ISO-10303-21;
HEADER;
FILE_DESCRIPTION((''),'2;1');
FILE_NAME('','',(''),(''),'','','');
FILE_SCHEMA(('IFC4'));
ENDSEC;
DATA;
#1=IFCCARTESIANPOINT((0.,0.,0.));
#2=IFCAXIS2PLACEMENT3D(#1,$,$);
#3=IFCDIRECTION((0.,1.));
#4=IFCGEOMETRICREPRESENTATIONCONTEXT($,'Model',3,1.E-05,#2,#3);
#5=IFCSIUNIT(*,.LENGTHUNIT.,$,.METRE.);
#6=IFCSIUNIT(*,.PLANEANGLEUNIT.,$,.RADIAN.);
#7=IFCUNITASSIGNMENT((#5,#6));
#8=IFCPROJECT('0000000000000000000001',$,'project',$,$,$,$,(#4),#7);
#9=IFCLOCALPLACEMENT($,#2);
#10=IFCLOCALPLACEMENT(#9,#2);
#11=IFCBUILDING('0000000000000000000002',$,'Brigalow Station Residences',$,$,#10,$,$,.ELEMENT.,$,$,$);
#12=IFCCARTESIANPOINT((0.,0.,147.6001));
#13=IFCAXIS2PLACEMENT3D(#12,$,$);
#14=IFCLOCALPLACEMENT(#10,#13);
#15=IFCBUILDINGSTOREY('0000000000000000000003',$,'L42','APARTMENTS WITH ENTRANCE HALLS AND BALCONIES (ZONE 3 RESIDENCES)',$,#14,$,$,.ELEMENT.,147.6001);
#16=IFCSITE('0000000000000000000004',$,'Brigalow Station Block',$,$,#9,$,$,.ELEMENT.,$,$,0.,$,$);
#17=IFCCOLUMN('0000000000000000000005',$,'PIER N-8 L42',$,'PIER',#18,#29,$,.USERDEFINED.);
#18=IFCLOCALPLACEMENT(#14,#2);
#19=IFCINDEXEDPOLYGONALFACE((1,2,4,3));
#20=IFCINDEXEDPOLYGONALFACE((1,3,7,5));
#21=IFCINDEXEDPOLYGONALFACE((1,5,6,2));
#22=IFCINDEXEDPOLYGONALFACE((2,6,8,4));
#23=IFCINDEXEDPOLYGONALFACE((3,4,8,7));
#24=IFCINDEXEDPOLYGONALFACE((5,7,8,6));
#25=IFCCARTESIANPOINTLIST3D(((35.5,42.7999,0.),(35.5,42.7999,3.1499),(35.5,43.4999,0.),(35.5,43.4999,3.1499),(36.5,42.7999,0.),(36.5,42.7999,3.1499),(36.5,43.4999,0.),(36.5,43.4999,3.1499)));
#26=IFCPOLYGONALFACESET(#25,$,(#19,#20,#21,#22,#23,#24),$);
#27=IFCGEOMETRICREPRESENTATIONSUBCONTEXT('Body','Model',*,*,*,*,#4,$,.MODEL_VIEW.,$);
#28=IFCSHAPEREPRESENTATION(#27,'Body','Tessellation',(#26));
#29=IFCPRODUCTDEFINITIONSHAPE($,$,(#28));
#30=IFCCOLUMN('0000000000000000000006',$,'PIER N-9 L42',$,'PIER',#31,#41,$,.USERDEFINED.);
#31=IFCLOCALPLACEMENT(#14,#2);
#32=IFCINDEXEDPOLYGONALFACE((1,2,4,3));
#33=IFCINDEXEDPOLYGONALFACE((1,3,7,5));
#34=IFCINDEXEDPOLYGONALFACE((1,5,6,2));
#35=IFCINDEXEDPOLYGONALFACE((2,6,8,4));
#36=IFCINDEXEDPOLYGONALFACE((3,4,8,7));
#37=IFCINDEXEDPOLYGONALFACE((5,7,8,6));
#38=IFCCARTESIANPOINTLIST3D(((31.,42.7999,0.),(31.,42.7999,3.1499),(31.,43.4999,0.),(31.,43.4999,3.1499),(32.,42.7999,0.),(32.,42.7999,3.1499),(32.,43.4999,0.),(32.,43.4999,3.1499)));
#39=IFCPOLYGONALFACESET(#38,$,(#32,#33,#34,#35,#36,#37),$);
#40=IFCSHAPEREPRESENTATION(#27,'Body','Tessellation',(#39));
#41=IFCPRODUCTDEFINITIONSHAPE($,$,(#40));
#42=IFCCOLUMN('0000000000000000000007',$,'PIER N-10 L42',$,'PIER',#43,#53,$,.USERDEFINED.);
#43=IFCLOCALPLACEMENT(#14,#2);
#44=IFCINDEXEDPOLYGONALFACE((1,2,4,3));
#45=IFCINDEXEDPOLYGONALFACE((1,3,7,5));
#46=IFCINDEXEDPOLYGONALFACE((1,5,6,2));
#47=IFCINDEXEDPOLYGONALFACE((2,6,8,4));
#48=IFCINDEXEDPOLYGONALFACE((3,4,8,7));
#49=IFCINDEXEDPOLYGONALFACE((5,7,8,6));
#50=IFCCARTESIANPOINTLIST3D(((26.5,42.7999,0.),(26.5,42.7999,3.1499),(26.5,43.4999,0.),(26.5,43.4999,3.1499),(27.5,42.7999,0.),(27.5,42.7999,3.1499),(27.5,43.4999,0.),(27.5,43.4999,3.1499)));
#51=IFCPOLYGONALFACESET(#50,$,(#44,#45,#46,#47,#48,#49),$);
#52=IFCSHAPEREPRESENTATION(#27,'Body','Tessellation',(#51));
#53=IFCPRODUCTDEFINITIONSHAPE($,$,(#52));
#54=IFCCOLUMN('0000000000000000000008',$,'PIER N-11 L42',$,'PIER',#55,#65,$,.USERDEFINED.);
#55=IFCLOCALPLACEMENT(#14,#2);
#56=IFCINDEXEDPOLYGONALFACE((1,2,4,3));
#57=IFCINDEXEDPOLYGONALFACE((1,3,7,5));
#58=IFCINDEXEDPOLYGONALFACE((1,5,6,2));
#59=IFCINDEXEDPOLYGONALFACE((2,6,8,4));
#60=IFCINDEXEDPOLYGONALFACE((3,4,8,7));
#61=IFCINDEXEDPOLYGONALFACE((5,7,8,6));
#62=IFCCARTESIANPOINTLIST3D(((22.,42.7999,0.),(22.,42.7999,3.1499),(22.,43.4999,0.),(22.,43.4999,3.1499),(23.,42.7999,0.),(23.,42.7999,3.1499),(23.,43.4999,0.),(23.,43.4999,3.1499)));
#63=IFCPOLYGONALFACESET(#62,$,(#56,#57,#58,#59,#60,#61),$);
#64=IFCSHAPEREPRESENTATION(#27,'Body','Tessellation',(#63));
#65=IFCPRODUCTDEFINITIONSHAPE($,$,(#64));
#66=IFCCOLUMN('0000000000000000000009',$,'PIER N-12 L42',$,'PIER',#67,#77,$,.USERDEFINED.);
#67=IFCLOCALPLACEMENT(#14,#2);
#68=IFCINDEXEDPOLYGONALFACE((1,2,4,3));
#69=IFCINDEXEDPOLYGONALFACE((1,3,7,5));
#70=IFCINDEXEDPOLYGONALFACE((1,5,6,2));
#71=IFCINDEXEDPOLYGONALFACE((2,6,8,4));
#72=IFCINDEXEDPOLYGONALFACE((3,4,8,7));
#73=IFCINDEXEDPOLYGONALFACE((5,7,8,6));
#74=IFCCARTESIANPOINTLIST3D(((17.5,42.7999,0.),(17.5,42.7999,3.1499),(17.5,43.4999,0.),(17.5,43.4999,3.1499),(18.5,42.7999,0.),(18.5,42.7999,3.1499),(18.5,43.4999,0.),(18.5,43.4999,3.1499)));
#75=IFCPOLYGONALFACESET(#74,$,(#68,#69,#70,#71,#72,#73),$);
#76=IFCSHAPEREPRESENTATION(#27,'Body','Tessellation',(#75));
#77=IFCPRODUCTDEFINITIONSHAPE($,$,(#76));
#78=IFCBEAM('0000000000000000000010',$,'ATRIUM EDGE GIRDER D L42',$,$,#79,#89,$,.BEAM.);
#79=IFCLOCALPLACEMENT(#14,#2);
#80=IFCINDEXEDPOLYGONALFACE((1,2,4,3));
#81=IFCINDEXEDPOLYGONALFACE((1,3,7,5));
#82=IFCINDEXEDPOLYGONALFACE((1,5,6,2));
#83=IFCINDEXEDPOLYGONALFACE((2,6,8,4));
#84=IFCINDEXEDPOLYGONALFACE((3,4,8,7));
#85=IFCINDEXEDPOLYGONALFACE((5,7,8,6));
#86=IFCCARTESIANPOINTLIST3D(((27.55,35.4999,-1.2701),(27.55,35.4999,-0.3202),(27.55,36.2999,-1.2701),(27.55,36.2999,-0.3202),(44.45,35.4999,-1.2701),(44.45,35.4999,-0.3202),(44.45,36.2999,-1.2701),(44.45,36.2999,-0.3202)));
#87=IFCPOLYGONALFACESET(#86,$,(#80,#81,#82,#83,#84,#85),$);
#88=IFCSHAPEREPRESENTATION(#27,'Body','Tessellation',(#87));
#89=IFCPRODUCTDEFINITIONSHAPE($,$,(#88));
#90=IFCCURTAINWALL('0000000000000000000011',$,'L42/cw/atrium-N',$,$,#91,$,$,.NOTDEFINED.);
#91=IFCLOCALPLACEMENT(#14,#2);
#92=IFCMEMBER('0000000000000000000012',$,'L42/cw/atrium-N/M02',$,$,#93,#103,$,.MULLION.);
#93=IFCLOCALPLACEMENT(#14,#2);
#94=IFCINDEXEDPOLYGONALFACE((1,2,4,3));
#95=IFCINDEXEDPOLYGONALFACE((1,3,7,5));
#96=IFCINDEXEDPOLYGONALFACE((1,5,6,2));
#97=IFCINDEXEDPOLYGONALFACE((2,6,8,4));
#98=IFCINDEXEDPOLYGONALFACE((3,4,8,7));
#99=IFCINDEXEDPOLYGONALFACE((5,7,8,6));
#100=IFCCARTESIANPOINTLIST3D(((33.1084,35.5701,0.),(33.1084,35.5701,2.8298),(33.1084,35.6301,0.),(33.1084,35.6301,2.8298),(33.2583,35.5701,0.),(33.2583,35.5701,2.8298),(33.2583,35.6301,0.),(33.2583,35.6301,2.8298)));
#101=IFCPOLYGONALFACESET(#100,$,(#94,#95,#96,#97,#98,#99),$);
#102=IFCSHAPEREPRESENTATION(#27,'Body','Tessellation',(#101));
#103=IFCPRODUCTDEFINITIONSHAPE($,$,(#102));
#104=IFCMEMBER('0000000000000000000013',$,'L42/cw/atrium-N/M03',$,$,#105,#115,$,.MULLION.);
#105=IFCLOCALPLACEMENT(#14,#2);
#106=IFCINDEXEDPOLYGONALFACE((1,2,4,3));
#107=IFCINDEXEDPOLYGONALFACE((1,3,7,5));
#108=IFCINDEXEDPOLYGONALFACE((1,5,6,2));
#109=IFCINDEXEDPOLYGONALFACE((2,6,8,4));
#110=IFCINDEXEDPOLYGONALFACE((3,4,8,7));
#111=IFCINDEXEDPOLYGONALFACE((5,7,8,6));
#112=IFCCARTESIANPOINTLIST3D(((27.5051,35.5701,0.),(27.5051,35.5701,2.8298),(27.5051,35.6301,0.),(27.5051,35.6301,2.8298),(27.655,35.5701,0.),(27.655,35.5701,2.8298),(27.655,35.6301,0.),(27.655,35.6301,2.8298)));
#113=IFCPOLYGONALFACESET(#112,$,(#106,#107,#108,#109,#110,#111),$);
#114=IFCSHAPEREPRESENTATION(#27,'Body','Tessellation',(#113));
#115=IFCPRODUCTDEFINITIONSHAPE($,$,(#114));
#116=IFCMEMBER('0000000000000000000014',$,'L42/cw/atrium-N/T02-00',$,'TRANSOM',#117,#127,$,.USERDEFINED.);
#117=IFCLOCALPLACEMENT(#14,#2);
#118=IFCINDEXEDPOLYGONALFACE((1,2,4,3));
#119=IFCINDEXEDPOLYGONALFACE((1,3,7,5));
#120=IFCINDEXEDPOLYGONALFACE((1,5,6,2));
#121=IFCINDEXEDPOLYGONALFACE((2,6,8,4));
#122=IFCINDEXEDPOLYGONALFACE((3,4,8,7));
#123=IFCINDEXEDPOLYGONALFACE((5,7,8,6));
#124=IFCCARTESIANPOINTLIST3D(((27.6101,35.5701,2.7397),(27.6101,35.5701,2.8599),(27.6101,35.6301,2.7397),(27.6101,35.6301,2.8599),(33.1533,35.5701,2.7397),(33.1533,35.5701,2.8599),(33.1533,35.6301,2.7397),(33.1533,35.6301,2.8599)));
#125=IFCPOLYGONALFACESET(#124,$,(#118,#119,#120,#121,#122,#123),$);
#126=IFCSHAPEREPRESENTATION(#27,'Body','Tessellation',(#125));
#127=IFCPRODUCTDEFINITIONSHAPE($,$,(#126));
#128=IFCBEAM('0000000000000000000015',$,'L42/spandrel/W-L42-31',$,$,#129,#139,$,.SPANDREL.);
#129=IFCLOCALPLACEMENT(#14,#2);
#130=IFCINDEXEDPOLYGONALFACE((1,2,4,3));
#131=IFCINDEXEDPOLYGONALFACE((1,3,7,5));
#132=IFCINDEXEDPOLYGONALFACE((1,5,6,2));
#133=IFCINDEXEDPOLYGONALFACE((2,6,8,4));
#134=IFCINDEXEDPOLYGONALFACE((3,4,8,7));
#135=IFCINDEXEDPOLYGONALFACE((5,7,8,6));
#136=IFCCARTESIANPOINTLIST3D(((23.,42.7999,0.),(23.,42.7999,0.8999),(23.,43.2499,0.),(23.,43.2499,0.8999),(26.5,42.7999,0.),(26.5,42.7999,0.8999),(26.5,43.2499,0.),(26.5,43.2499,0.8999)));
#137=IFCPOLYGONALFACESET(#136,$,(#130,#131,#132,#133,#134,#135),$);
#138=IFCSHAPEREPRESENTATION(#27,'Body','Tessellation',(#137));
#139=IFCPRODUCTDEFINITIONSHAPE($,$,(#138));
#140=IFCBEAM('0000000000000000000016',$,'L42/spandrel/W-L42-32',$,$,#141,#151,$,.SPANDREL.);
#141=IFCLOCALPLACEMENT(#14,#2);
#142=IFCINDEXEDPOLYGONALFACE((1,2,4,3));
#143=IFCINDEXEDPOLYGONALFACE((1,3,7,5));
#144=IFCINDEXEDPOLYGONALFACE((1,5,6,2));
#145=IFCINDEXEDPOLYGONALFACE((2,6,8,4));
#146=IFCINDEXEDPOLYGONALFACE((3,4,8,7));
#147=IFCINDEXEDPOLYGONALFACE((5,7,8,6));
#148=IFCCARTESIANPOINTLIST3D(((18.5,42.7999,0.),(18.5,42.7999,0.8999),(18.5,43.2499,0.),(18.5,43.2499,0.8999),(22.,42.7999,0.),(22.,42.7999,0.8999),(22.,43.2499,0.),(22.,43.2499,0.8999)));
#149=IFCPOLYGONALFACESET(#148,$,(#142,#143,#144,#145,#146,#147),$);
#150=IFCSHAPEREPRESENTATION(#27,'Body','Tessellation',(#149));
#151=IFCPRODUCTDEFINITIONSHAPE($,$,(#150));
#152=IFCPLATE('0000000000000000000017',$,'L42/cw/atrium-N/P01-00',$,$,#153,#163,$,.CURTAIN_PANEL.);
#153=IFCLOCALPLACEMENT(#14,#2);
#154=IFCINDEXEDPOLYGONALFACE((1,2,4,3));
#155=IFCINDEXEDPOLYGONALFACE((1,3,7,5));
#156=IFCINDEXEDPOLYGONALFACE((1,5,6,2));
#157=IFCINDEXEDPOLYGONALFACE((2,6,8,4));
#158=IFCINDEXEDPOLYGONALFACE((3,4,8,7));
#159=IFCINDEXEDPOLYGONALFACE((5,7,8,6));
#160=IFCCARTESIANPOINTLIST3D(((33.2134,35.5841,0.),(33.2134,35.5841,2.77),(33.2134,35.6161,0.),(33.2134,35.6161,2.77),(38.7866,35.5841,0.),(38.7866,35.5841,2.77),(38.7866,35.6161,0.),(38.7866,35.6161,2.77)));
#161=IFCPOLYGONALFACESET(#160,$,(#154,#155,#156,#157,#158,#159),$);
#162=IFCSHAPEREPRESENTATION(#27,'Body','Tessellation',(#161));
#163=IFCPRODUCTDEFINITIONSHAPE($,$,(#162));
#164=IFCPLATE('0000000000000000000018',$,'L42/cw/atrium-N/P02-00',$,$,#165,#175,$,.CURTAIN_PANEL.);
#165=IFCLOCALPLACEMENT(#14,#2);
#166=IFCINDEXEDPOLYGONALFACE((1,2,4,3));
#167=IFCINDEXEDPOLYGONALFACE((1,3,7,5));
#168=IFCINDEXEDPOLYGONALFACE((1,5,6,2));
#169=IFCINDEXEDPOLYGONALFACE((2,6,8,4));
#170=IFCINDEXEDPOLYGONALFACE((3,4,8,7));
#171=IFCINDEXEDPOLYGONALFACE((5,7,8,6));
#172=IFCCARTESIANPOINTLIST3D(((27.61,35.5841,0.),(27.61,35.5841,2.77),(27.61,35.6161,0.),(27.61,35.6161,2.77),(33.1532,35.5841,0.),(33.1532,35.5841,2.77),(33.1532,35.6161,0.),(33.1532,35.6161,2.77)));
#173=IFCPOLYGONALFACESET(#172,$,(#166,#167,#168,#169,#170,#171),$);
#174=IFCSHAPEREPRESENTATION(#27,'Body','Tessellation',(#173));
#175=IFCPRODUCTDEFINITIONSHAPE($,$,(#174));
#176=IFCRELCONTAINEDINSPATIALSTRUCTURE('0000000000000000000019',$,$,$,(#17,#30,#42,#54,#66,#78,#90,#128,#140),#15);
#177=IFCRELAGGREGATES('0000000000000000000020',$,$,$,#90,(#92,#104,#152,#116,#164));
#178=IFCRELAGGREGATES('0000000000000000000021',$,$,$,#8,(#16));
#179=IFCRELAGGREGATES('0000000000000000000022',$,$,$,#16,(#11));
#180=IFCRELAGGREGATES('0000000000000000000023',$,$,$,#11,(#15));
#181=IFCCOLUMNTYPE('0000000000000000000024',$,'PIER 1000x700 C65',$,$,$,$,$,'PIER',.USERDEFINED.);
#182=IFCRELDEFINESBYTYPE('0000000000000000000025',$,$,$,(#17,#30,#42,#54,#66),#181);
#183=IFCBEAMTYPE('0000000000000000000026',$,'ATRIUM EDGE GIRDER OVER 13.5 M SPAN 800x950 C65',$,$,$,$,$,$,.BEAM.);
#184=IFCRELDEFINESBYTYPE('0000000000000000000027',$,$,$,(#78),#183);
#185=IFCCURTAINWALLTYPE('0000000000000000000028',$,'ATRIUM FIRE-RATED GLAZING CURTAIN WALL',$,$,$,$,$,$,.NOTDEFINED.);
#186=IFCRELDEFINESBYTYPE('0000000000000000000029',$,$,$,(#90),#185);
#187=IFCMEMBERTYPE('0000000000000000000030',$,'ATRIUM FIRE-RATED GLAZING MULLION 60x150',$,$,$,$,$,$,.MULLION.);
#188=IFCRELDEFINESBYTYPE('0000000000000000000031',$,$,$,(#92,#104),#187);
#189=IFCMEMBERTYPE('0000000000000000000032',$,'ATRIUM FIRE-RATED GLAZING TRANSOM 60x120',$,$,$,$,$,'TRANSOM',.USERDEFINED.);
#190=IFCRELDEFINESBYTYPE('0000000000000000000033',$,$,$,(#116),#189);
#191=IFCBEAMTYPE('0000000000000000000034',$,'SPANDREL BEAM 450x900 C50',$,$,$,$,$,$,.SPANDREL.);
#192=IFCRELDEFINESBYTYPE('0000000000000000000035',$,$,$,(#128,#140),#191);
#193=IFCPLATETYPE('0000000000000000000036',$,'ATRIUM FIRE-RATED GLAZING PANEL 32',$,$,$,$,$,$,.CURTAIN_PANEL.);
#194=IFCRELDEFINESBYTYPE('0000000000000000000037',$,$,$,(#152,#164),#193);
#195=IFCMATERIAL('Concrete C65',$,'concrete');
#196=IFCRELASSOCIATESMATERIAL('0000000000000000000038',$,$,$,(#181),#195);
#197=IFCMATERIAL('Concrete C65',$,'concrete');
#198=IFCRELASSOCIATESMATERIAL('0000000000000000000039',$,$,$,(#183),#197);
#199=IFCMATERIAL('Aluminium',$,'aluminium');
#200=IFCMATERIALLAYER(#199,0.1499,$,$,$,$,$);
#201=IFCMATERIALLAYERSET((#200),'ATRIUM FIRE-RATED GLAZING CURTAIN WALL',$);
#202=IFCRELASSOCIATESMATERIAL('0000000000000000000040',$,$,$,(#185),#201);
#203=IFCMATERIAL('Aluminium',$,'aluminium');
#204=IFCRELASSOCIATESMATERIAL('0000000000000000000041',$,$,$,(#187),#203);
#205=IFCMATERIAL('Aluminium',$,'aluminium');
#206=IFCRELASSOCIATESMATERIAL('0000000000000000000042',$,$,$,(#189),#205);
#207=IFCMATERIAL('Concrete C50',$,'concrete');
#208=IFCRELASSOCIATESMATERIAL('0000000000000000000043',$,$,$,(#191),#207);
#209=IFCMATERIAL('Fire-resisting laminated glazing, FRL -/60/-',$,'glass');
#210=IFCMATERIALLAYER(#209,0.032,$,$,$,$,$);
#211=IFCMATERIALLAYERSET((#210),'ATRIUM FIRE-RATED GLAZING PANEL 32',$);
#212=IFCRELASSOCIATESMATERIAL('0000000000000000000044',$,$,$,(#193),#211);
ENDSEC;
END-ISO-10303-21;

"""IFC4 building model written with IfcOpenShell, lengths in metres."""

from ifc_helpers import new_model, si_unit, direction, frame, origin, origin_2d, place, context, subcontext, project, spatial, rectangle, extrude, material, layer, layer_set, material_profile, profile_set, type_object, element, aggregate, save


model = new_model("IFC4")

# Units and contexts
model_context = context("Model", 3, precision=1e-05, world=origin(), true_north=direction((0.0, 1.0)))
body_context = subcontext(model_context, "Body", "Model", "MODEL_VIEW")
ifc_project = project(units=[si_unit("LENGTHUNIT", "METRE"), si_unit("PLANEANGLEUNIT", "RADIAN")], contexts=[model_context])

# Site, building, storey
site_placement = place(None, origin())
site = spatial("IfcSite", under=ifc_project, at=site_placement, Name="Brigalow Station Block", CompositionType="ELEMENT", RefElevation=0.0)
building_placement = place(site_placement, origin())
building = spatial("IfcBuilding", under=site, at=building_placement, Name="Brigalow Station Residences", CompositionType="ELEMENT")
storey_placement = place(building_placement, frame((0.0, 0.0, 147.6001)))
storey = spatial("IfcBuildingStorey", under=building, at=storey_placement, Name="L42", Description="APARTMENTS WITH ENTRANCE HALLS AND BALCONIES (ZONE 3 RESIDENCES)", CompositionType="ELEMENT", Elevation=147.6001)

# Columns
ifc_material_1 = material(Name="Concrete C65", Category="concrete")
ifc_material_profile_1 = material_profile(ifc_material_1, rectangle(XDim=1.0, YDim=0.7, at=origin_2d()), Name="RC1000x700")
ifc_profile_set_1 = profile_set([ifc_material_profile_1], Name="Concrete C65")
column_type = type_object("IfcColumnType", Name="PIER 1000x700 C65", ElementType="PIER", PredefinedType="USERDEFINED", material=ifc_profile_set_1)
for number, where, z_axis, x_axis, name in (
    (1, (36.0, 43.1499, 0.0), (0.0, 0.0, 1.0), (-1.0, 0.0, 0.0), "PIER N-8 L42"),
    (2, (31.5, 43.1499, 0.0), (0.0, 0.0, 1.0), (-1.0, 0.0, 0.0), "PIER N-9 L42"),
    (3, (27.0, 43.1499, 0.0), (0.0, 0.0, 1.0), (-1.0, 0.0, 0.0), "PIER N-10 L42"),
    (4, (22.5, 43.1499, 0.0), (0.0, 0.0, 1.0), (-1.0, 0.0, 0.0), "PIER N-11 L42"),
    (5, (18.0, 43.1499, 0.0), (0.0, 0.0, 1.0), (-1.0, 0.0, 0.0), "PIER N-12 L42"),
):
    element("IfcColumn", number, at=place(storey_placement, frame(where, z_axis=z_axis, x_axis=x_axis)), inside=storey, type_object=column_type, Name=name, ObjectType="PIER", PredefinedType="USERDEFINED", context=body_context, shape_type="SweptSolid", body=[
        extrude(rectangle(XDim=1.0, YDim=0.7, at=origin_2d()), origin(), (0.0, 0.0, 1.0), 3.1499),
    ])

# Beam
ifc_material_2 = material(Name="Concrete C65", Category="concrete")
ifc_material_profile_2 = material_profile(ifc_material_2, rectangle(XDim=0.8, YDim=0.95, at=origin_2d()), Name="RC800x950")
ifc_profile_set_2 = profile_set([ifc_material_profile_2], Name="Concrete C65")
beam_type_1 = type_object("IfcBeamType", Name="ATRIUM EDGE GIRDER OVER 13.5 M SPAN 800x950 C65", PredefinedType="BEAM", material=ifc_profile_set_2)
beam_placement = place(storey_placement, frame((27.55, 35.8999, -0.7952), z_axis=(1.0, 0.0, 0.0), x_axis=(0.0, 1.0, 0.0)))
element("IfcBeam", 6, at=beam_placement, inside=storey, type_object=beam_type_1, Name="ATRIUM EDGE GIRDER D L42", PredefinedType="BEAM", context=body_context, shape_type="SweptSolid", body=[
    extrude(rectangle(XDim=0.8, YDim=0.95, at=origin_2d()), origin(), (0.0, 0.0, 1.0), 16.8999),
])

# Curtain wall, members
ifc_material_3 = material(Name="Aluminium", Category="aluminium")
ifc_layer_1 = layer(ifc_material_3, 0.1499)
ifc_layer_set_1 = layer_set([ifc_layer_1], Name="ATRIUM FIRE-RATED GLAZING CURTAIN WALL")
curtain_wall_type = type_object("IfcCurtainWallType", Name="ATRIUM FIRE-RATED GLAZING CURTAIN WALL", PredefinedType="NOTDEFINED", material=ifc_layer_set_1)
curtain_wall_placement = place(storey_placement, origin())
curtain_wall = element("IfcCurtainWall", 7, at=curtain_wall_placement, inside=storey, type_object=curtain_wall_type, Name="L42/cw/atrium-N", PredefinedType="NOTDEFINED")
ifc_material_4 = material(Name="Aluminium", Category="aluminium")
ifc_material_profile_3 = material_profile(ifc_material_4, rectangle(XDim=0.0601, YDim=0.1499, at=origin_2d()), Name="ATRIUM FIRE-RATED GLAZING MULLION 60x150")
ifc_profile_set_3 = profile_set([ifc_material_profile_3], Name="Aluminium")
member_type_1 = type_object("IfcMemberType", Name="ATRIUM FIRE-RATED GLAZING MULLION 60x150", PredefinedType="MULLION", material=ifc_profile_set_3)
member_1_placement = place(storey_placement, frame((33.1833, 35.6001, 0.0), z_axis=(0.0, 0.0, 1.0), x_axis=(0.0, -1.0, 0.0)))
member_1 = element("IfcMember", 8, at=member_1_placement, type_object=member_type_1, Name="L42/cw/atrium-N/M02", PredefinedType="MULLION", context=body_context, shape_type="SweptSolid", body=[
    extrude(rectangle(XDim=0.0601, YDim=0.1499, at=origin_2d()), origin(), (0.0, 0.0, 1.0), 2.8298),
])
member_2_placement = place(storey_placement, frame((27.5801, 35.6001, 0.0), z_axis=(0.0, 0.0, 1.0), x_axis=(0.0, -1.0, 0.0)))
member_2 = element("IfcMember", 9, at=member_2_placement, type_object=member_type_1, Name="L42/cw/atrium-N/M03", PredefinedType="MULLION", context=body_context, shape_type="SweptSolid", body=[
    extrude(rectangle(XDim=0.0601, YDim=0.1499, at=origin_2d()), origin(), (0.0, 0.0, 1.0), 2.8298),
])
ifc_material_5 = material(Name="Aluminium", Category="aluminium")
ifc_material_profile_4 = material_profile(ifc_material_5, rectangle(XDim=0.0601, YDim=0.1201, at=origin_2d()), Name="ATRIUM FIRE-RATED GLAZING TRANSOM 60x120")
ifc_profile_set_4 = profile_set([ifc_material_profile_4], Name="Aluminium")
member_type_2 = type_object("IfcMemberType", Name="ATRIUM FIRE-RATED GLAZING TRANSOM 60x120", ElementType="TRANSOM", PredefinedType="USERDEFINED", material=ifc_profile_set_4)
member_3_placement = place(storey_placement, frame((33.1533, 35.6001, 2.7998), z_axis=(-1.0, 0.0, 0.0), x_axis=(0.0, -1.0, 0.0)))
member_3 = element("IfcMember", 10, at=member_3_placement, type_object=member_type_2, Name="L42/cw/atrium-N/T02-00", ObjectType="TRANSOM", PredefinedType="USERDEFINED", context=body_context, shape_type="SweptSolid", body=[
    extrude(rectangle(XDim=0.0601, YDim=0.1201, at=origin_2d()), origin(), (0.0, 0.0, 1.0), 5.5432),
])

# Beams
ifc_material_6 = material(Name="Concrete C50", Category="concrete")
ifc_material_profile_5 = material_profile(ifc_material_6, rectangle(XDim=0.45, YDim=0.8999, at=origin_2d()), Name="RC450x900")
ifc_profile_set_5 = profile_set([ifc_material_profile_5], Name="Concrete C50")
beam_type_2 = type_object("IfcBeamType", Name="SPANDREL BEAM 450x900 C50", PredefinedType="SPANDREL", material=ifc_profile_set_5)
for number, where, z_axis, x_axis, name in (
    (11, (26.5, 43.0249, 0.45), (-1.0, 0.0, 0.0), (0.0, -1.0, 0.0), "L42/spandrel/W-L42-31"),
    (12, (22.0, 43.0249, 0.45), (-1.0, 0.0, 0.0), (0.0, -1.0, 0.0), "L42/spandrel/W-L42-32"),
):
    element("IfcBeam", number, at=place(storey_placement, frame(where, z_axis=z_axis, x_axis=x_axis)), inside=storey, type_object=beam_type_2, Name=name, PredefinedType="SPANDREL", context=body_context, shape_type="SweptSolid", body=[
        extrude(rectangle(XDim=0.45, YDim=0.8999, at=origin_2d()), origin(), (0.0, 0.0, 1.0), 3.5),
    ])

# Plates
ifc_material_7 = material(Name="Fire-resisting laminated glazing, FRL -/60/-", Category="glass")
ifc_layer_2 = layer(ifc_material_7, 0.032)
ifc_layer_set_2 = layer_set([ifc_layer_2], Name="ATRIUM FIRE-RATED GLAZING PANEL 32")
plate_type = type_object("IfcPlateType", Name="ATRIUM FIRE-RATED GLAZING PANEL 32", PredefinedType="CURTAIN_PANEL", material=ifc_layer_set_2)
plate_1_placement = place(storey_placement, frame((36.0, 35.6001, 0.0), z_axis=(0.0, 0.0, 1.0), x_axis=(-1.0, 0.0, 0.0)))
plate_1 = element("IfcPlate", 13, at=plate_1_placement, type_object=plate_type, Name="L42/cw/atrium-N/P01-00", PredefinedType="CURTAIN_PANEL", context=body_context, shape_type="SweptSolid", body=[
    extrude(rectangle(XDim=5.5732, YDim=0.032, at=origin_2d()), origin(), (0.0, 0.0, 1.0), 2.77),
])
plate_2_placement = place(storey_placement, frame((30.3816, 35.6001, 0.0), z_axis=(0.0, 0.0, 1.0), x_axis=(-1.0, 0.0, 0.0)))
plate_2 = element("IfcPlate", 14, at=plate_2_placement, type_object=plate_type, Name="L42/cw/atrium-N/P02-00", PredefinedType="CURTAIN_PANEL", context=body_context, shape_type="SweptSolid", body=[
    extrude(rectangle(XDim=5.5432, YDim=0.032, at=origin_2d()), origin(), (0.0, 0.0, 1.0), 2.77),
])
aggregate(curtain_wall, [member_1, member_2, plate_1, member_3, plate_2])

save(model, "model.ifc")
